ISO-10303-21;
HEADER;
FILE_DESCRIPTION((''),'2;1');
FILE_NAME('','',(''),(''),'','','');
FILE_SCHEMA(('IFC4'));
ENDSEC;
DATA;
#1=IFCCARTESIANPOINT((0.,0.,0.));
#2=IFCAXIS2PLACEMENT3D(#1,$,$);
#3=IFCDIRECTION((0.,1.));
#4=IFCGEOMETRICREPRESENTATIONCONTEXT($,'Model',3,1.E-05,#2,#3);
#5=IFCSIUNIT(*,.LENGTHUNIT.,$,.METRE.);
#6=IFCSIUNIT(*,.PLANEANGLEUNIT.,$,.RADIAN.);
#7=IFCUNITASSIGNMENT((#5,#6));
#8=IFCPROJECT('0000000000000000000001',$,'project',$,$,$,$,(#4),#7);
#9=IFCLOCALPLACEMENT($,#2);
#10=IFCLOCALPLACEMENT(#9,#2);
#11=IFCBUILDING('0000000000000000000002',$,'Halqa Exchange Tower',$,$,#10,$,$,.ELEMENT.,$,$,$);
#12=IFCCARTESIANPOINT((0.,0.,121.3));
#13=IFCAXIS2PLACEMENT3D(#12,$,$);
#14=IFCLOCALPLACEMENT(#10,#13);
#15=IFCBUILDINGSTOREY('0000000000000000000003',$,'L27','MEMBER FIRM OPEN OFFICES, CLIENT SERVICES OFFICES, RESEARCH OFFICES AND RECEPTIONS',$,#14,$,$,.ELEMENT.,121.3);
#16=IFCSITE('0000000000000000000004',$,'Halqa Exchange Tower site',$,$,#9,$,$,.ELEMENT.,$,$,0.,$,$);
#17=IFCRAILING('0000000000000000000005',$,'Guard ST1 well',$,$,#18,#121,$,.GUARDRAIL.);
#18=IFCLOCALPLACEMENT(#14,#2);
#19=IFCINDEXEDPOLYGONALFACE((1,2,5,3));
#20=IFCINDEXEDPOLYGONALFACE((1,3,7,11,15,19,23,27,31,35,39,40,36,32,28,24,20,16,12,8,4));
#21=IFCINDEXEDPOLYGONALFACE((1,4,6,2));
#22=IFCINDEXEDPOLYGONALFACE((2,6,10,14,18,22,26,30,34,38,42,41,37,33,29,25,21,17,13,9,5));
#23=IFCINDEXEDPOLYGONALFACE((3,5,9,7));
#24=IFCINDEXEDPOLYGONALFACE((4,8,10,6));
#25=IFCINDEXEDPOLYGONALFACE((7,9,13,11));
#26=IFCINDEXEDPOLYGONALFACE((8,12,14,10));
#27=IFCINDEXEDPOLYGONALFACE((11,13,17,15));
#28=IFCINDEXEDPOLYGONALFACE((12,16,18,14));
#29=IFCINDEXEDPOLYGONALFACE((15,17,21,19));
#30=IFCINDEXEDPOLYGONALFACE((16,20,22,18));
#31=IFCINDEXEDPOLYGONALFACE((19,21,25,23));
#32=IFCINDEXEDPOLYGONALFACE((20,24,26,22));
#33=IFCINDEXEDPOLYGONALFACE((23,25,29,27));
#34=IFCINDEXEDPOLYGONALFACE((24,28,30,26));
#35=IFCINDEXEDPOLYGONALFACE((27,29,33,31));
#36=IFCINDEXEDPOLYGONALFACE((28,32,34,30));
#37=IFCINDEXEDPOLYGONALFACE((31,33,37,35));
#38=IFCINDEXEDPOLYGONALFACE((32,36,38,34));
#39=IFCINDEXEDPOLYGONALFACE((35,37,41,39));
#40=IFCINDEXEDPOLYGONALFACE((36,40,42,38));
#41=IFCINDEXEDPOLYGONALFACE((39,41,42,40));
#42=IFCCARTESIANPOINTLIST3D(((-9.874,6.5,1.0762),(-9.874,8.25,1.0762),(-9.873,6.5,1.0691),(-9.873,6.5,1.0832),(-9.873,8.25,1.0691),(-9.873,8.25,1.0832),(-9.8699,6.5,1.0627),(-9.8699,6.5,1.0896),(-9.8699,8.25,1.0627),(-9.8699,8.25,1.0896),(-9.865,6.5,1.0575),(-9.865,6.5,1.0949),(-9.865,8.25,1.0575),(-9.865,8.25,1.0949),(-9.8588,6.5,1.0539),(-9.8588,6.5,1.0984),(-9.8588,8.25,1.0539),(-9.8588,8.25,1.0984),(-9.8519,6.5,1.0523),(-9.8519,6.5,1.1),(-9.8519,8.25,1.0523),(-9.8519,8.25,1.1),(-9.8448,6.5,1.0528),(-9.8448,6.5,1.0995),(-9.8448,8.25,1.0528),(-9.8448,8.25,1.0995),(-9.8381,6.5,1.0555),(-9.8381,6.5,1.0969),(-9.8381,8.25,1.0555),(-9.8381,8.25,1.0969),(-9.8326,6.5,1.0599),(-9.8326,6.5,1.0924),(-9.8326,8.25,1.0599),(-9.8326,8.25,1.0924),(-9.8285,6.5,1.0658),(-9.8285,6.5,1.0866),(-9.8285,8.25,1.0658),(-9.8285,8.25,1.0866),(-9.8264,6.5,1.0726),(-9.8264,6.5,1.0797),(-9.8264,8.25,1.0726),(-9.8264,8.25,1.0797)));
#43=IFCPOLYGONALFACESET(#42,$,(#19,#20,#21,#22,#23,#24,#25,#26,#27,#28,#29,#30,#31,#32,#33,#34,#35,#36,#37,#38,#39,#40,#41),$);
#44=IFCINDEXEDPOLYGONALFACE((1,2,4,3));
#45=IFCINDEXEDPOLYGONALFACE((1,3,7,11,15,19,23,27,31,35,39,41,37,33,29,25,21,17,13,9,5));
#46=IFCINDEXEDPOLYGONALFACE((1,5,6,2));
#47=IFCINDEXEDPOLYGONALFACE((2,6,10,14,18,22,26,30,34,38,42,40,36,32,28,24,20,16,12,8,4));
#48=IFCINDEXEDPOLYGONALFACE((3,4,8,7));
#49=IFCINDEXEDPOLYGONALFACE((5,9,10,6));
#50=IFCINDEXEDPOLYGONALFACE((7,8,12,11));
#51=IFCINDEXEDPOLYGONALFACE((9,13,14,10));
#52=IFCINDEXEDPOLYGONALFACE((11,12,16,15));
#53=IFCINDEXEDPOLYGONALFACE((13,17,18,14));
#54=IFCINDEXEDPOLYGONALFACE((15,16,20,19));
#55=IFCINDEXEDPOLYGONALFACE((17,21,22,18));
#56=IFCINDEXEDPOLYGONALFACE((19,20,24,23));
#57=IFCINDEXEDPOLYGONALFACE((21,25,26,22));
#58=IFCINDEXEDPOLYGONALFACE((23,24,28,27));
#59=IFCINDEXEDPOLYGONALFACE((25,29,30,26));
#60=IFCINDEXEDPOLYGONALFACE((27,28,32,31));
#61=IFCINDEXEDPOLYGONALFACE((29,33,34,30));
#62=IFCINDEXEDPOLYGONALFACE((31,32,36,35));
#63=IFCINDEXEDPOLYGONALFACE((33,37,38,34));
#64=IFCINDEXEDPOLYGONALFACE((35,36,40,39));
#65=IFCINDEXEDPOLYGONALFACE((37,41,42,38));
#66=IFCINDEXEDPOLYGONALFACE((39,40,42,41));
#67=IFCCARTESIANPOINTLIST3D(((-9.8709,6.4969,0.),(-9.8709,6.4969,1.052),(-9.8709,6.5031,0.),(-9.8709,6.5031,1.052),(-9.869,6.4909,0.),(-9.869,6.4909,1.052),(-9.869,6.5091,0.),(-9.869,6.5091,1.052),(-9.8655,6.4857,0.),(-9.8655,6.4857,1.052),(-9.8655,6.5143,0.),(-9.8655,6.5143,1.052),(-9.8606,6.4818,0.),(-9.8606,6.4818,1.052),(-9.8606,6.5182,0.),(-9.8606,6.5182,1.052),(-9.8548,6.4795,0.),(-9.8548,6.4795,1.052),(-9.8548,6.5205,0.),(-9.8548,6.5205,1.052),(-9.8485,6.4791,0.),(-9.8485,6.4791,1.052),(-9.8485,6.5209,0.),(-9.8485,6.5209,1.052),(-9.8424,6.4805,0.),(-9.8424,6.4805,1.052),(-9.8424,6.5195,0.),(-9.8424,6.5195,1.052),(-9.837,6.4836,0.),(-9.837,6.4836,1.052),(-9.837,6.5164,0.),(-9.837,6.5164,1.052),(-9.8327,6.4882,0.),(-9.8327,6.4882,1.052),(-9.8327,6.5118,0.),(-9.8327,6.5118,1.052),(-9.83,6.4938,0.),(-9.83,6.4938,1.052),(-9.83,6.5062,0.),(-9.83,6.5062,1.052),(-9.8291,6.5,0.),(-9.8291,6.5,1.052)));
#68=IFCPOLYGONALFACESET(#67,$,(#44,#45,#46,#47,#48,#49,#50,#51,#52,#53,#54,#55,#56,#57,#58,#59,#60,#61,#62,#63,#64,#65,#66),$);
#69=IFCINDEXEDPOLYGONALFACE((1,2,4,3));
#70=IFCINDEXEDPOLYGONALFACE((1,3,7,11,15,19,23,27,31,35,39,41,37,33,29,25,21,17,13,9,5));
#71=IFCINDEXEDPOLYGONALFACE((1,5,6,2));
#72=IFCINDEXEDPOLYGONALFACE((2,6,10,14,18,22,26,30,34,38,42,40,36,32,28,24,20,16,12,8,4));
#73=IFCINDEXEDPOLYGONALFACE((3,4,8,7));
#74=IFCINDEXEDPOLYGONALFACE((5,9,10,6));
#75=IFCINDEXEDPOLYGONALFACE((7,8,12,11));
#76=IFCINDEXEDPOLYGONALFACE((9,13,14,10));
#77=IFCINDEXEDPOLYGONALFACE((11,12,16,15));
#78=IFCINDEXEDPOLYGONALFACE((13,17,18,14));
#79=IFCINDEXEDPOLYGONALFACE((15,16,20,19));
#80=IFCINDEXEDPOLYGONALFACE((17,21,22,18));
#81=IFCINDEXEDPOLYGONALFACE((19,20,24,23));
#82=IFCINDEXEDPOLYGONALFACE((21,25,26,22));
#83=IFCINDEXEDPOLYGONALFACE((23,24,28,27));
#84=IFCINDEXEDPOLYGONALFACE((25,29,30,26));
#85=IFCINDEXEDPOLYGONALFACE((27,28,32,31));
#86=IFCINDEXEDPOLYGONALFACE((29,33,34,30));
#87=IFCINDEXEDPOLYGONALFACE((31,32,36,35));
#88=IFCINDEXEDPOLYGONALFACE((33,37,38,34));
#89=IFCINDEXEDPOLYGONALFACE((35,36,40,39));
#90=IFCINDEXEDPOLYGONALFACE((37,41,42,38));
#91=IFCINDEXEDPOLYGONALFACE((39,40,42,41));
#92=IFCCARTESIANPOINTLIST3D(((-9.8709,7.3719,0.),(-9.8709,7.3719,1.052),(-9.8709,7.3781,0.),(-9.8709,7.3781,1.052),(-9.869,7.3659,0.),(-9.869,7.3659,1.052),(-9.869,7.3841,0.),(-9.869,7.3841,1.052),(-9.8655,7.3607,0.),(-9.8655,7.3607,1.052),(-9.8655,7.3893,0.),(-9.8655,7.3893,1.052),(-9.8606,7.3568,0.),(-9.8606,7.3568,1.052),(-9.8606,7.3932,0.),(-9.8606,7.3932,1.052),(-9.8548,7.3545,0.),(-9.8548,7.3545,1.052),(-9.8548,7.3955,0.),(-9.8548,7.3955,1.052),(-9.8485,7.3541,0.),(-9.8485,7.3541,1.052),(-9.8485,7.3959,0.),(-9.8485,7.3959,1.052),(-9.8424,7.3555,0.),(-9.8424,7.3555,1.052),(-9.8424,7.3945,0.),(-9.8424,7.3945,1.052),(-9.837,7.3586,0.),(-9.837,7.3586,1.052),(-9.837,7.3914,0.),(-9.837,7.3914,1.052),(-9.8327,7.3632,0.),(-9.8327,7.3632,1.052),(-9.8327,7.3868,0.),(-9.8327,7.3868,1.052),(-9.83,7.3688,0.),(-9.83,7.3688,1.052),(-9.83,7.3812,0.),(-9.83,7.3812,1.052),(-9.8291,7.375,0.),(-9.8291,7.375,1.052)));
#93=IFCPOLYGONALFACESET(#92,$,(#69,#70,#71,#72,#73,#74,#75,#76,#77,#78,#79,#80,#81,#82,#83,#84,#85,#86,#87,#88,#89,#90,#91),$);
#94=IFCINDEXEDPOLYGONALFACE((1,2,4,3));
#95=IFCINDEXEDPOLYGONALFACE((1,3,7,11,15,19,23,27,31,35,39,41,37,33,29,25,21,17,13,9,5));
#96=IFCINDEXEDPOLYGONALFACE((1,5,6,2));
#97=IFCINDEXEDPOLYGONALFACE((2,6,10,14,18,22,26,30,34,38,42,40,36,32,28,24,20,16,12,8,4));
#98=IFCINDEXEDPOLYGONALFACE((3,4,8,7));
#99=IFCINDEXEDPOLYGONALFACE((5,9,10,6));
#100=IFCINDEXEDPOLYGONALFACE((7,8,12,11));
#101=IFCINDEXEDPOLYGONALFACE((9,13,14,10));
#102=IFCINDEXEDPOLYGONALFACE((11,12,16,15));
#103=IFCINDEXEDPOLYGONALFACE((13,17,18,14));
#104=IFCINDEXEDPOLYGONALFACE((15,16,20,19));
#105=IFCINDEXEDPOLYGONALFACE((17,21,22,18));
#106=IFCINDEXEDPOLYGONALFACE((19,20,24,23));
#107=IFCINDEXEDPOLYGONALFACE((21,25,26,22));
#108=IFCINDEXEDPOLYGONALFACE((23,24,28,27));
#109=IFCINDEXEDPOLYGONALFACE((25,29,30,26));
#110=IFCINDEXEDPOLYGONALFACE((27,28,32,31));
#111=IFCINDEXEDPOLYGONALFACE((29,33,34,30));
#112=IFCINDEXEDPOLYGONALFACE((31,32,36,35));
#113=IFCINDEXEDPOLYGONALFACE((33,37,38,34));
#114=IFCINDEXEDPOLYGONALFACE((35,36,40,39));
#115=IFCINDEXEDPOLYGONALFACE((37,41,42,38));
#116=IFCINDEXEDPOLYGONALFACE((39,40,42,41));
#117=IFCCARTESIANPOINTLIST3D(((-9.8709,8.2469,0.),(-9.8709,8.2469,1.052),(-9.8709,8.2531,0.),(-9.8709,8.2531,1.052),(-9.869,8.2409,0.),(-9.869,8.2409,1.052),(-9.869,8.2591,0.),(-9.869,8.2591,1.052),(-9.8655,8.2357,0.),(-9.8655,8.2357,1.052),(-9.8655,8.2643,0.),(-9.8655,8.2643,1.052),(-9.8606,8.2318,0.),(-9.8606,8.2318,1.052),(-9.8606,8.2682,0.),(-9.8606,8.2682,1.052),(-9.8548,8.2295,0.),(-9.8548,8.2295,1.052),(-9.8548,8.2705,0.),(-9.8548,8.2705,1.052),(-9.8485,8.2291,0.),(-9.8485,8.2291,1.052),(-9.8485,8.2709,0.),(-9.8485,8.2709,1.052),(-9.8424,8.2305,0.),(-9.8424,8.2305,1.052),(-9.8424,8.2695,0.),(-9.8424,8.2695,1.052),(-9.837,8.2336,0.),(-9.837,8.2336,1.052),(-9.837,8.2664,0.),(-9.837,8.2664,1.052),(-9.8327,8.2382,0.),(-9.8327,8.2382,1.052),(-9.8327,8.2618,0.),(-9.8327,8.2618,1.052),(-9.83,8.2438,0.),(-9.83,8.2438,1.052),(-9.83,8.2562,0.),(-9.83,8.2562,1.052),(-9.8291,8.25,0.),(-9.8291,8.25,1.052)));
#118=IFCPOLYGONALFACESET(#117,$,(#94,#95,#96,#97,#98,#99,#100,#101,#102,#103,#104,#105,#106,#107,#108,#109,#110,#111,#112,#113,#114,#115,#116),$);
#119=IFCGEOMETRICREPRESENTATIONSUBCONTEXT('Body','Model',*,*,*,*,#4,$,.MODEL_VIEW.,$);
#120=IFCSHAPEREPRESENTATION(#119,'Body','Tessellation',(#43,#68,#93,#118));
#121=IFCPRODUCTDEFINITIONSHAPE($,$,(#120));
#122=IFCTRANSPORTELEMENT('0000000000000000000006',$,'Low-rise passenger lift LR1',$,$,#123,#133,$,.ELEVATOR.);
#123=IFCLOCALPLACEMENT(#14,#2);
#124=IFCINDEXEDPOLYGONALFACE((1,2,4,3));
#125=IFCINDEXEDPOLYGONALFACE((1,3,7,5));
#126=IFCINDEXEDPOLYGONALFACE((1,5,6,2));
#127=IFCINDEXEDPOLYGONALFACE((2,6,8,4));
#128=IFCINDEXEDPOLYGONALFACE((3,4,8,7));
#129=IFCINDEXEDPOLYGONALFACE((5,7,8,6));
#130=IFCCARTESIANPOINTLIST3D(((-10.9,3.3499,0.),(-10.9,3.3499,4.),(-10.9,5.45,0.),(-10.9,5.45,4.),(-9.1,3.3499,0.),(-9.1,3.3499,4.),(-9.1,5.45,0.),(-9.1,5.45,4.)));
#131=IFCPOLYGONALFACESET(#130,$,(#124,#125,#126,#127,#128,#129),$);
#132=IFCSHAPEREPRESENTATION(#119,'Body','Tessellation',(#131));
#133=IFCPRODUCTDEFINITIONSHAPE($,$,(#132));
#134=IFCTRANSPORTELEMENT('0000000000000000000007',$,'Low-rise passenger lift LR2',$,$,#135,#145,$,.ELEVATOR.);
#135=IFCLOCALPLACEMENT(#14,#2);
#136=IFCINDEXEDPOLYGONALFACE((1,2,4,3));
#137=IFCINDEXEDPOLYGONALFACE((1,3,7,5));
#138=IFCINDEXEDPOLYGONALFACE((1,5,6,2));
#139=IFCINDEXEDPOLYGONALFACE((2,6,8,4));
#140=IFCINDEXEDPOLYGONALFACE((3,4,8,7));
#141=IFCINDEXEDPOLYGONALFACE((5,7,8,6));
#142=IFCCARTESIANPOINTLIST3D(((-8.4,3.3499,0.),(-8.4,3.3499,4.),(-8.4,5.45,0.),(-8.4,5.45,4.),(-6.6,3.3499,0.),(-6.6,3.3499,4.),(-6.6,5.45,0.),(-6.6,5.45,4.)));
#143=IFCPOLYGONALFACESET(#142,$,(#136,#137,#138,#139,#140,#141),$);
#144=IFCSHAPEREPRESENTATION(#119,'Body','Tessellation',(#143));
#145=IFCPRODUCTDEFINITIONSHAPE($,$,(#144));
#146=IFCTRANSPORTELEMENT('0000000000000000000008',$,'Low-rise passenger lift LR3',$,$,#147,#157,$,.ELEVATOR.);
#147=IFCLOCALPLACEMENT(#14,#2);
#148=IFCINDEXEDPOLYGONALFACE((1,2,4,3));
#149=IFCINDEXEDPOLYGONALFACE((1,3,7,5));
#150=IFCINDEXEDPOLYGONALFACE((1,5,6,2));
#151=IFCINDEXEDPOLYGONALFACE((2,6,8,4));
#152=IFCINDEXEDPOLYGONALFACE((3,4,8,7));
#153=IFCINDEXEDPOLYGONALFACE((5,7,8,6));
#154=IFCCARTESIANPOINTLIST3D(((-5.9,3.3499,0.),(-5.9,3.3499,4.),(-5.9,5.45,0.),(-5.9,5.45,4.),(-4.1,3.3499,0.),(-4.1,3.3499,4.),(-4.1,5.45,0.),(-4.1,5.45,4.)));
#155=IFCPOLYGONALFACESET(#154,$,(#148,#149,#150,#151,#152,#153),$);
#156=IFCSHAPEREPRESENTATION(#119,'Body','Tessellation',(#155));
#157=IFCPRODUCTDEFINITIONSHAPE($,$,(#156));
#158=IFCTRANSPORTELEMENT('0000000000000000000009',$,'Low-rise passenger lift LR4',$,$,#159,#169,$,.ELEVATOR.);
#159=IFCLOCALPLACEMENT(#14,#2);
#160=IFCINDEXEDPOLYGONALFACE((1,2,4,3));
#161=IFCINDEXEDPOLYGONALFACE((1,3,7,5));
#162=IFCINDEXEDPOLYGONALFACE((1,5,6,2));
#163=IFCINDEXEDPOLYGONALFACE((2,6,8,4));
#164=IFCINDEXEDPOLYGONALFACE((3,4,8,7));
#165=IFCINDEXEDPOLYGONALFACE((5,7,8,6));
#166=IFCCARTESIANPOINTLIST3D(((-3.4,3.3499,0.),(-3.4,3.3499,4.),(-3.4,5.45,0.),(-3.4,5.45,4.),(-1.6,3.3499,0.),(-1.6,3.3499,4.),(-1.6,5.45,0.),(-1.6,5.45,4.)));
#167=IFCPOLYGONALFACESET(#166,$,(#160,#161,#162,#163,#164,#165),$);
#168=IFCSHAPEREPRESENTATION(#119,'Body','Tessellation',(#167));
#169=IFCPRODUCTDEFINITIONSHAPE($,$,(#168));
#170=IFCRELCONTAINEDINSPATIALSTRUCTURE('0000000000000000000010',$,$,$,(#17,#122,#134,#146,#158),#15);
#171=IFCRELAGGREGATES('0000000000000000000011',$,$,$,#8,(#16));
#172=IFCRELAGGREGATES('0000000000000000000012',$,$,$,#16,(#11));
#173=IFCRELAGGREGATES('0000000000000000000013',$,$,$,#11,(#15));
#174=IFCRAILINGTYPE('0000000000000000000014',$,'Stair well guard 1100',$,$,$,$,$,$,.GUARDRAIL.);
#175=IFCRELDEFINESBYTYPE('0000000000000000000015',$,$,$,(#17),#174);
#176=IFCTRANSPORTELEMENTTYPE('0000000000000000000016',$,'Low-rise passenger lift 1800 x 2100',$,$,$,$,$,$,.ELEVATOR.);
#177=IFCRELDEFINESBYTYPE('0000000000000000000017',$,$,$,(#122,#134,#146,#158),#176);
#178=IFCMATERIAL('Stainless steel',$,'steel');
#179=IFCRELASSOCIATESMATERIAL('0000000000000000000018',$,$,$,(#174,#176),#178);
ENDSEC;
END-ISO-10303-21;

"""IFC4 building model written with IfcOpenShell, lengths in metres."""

from ifc_helpers import new_model, si_unit, direction, frame, origin, origin_2d, place, context, subcontext, project, spatial, rectangle, circle, extrude, material, type_object, element, save


model = new_model("IFC4")

# Units and contexts
model_context = context("Model", 3, precision=1e-05, world=origin(), true_north=direction((0.0, 1.0)))
body_context = subcontext(model_context, "Body", "Model", "MODEL_VIEW")
ifc_project = project(units=[si_unit("LENGTHUNIT", "METRE"), si_unit("PLANEANGLEUNIT", "RADIAN")], contexts=[model_context])

# Site, building, storey
site_placement = place(None, origin())
site = spatial("IfcSite", under=ifc_project, at=site_placement, Name="Halqa Exchange Tower site", CompositionType="ELEMENT", RefElevation=0.0)
building_placement = place(site_placement, origin())
building = spatial("IfcBuilding", under=site, at=building_placement, Name="Halqa Exchange Tower", CompositionType="ELEMENT")
storey_placement = place(building_placement, frame((0.0, 0.0, 121.3)))
storey = spatial("IfcBuildingStorey", under=building, at=storey_placement, Name="L27", Description="MEMBER FIRM OPEN OFFICES, CLIENT SERVICES OFFICES, RESEARCH OFFICES AND RECEPTIONS", CompositionType="ELEMENT", Elevation=121.3)

# Shared definitions
ifc_material_1 = material(Name="Stainless steel", Category="steel")

# Railing
railing_type_1 = type_object("IfcRailingType", Name="Stair well guard 1100", PredefinedType="GUARDRAIL", material=ifc_material_1)
railing_1_placement = place(storey_placement, frame((-9.8501, 6.5, 0.0)))
element("IfcRailing", 1, at=railing_1_placement, inside=storey, type_object=railing_type_1, Name="Guard ST1 well", PredefinedType="GUARDRAIL", context=body_context, shape_type="SweptSolid", body=[
    extrude(circle(Radius=0.0239, at=origin_2d()), frame((0.0, 0.0, 1.0762), z_axis=(0.0, 1.0, 0.0), x_axis=(-1.0, 0.0, 0.0)), (0.0, 0.0, 1.0), 1.75),
    extrude(circle(Radius=0.021, at=origin_2d()), origin(), (0.0, 0.0, 1.0), 1.052),
    extrude(circle(Radius=0.021, at=origin_2d()), frame((0.0, 0.875, 0.0)), (0.0, 0.0, 1.0), 1.052),
    extrude(circle(Radius=0.021, at=origin_2d()), frame((0.0, 1.75, 0.0)), (0.0, 0.0, 1.0), 1.052),
])

# Transport elements
transport_element_type = type_object("IfcTransportElementType", Name="Low-rise passenger lift 1800 x 2100", PredefinedType="ELEVATOR", material=ifc_material_1)
for number, where, z_axis, x_axis, name in (
    (2, (-10.0, 4.3999, 0.0), (0.0, 0.0, 1.0), (1.0, 0.0, 0.0), "Low-rise passenger lift LR1"),
    (3, (-7.5, 4.3999, 0.0), (0.0, 0.0, 1.0), (1.0, 0.0, 0.0), "Low-rise passenger lift LR2"),
    (4, (-5.0, 4.3999, 0.0), (0.0, 0.0, 1.0), (1.0, 0.0, 0.0), "Low-rise passenger lift LR3"),
    (5, (-2.5, 4.3999, 0.0), (0.0, 0.0, 1.0), (1.0, 0.0, 0.0), "Low-rise passenger lift LR4"),
):
    element("IfcTransportElement", number, at=place(storey_placement, frame(where, z_axis=z_axis, x_axis=x_axis)), inside=storey, type_object=transport_element_type, Name=name, PredefinedType="ELEVATOR", context=body_context, shape_type="SweptSolid", body=[
        extrude(rectangle(XDim=1.8, YDim=2.1001, at=origin_2d()), origin(), (0.0, 0.0, 1.0), 4.0),
    ])

save(model, "model.ifc")
